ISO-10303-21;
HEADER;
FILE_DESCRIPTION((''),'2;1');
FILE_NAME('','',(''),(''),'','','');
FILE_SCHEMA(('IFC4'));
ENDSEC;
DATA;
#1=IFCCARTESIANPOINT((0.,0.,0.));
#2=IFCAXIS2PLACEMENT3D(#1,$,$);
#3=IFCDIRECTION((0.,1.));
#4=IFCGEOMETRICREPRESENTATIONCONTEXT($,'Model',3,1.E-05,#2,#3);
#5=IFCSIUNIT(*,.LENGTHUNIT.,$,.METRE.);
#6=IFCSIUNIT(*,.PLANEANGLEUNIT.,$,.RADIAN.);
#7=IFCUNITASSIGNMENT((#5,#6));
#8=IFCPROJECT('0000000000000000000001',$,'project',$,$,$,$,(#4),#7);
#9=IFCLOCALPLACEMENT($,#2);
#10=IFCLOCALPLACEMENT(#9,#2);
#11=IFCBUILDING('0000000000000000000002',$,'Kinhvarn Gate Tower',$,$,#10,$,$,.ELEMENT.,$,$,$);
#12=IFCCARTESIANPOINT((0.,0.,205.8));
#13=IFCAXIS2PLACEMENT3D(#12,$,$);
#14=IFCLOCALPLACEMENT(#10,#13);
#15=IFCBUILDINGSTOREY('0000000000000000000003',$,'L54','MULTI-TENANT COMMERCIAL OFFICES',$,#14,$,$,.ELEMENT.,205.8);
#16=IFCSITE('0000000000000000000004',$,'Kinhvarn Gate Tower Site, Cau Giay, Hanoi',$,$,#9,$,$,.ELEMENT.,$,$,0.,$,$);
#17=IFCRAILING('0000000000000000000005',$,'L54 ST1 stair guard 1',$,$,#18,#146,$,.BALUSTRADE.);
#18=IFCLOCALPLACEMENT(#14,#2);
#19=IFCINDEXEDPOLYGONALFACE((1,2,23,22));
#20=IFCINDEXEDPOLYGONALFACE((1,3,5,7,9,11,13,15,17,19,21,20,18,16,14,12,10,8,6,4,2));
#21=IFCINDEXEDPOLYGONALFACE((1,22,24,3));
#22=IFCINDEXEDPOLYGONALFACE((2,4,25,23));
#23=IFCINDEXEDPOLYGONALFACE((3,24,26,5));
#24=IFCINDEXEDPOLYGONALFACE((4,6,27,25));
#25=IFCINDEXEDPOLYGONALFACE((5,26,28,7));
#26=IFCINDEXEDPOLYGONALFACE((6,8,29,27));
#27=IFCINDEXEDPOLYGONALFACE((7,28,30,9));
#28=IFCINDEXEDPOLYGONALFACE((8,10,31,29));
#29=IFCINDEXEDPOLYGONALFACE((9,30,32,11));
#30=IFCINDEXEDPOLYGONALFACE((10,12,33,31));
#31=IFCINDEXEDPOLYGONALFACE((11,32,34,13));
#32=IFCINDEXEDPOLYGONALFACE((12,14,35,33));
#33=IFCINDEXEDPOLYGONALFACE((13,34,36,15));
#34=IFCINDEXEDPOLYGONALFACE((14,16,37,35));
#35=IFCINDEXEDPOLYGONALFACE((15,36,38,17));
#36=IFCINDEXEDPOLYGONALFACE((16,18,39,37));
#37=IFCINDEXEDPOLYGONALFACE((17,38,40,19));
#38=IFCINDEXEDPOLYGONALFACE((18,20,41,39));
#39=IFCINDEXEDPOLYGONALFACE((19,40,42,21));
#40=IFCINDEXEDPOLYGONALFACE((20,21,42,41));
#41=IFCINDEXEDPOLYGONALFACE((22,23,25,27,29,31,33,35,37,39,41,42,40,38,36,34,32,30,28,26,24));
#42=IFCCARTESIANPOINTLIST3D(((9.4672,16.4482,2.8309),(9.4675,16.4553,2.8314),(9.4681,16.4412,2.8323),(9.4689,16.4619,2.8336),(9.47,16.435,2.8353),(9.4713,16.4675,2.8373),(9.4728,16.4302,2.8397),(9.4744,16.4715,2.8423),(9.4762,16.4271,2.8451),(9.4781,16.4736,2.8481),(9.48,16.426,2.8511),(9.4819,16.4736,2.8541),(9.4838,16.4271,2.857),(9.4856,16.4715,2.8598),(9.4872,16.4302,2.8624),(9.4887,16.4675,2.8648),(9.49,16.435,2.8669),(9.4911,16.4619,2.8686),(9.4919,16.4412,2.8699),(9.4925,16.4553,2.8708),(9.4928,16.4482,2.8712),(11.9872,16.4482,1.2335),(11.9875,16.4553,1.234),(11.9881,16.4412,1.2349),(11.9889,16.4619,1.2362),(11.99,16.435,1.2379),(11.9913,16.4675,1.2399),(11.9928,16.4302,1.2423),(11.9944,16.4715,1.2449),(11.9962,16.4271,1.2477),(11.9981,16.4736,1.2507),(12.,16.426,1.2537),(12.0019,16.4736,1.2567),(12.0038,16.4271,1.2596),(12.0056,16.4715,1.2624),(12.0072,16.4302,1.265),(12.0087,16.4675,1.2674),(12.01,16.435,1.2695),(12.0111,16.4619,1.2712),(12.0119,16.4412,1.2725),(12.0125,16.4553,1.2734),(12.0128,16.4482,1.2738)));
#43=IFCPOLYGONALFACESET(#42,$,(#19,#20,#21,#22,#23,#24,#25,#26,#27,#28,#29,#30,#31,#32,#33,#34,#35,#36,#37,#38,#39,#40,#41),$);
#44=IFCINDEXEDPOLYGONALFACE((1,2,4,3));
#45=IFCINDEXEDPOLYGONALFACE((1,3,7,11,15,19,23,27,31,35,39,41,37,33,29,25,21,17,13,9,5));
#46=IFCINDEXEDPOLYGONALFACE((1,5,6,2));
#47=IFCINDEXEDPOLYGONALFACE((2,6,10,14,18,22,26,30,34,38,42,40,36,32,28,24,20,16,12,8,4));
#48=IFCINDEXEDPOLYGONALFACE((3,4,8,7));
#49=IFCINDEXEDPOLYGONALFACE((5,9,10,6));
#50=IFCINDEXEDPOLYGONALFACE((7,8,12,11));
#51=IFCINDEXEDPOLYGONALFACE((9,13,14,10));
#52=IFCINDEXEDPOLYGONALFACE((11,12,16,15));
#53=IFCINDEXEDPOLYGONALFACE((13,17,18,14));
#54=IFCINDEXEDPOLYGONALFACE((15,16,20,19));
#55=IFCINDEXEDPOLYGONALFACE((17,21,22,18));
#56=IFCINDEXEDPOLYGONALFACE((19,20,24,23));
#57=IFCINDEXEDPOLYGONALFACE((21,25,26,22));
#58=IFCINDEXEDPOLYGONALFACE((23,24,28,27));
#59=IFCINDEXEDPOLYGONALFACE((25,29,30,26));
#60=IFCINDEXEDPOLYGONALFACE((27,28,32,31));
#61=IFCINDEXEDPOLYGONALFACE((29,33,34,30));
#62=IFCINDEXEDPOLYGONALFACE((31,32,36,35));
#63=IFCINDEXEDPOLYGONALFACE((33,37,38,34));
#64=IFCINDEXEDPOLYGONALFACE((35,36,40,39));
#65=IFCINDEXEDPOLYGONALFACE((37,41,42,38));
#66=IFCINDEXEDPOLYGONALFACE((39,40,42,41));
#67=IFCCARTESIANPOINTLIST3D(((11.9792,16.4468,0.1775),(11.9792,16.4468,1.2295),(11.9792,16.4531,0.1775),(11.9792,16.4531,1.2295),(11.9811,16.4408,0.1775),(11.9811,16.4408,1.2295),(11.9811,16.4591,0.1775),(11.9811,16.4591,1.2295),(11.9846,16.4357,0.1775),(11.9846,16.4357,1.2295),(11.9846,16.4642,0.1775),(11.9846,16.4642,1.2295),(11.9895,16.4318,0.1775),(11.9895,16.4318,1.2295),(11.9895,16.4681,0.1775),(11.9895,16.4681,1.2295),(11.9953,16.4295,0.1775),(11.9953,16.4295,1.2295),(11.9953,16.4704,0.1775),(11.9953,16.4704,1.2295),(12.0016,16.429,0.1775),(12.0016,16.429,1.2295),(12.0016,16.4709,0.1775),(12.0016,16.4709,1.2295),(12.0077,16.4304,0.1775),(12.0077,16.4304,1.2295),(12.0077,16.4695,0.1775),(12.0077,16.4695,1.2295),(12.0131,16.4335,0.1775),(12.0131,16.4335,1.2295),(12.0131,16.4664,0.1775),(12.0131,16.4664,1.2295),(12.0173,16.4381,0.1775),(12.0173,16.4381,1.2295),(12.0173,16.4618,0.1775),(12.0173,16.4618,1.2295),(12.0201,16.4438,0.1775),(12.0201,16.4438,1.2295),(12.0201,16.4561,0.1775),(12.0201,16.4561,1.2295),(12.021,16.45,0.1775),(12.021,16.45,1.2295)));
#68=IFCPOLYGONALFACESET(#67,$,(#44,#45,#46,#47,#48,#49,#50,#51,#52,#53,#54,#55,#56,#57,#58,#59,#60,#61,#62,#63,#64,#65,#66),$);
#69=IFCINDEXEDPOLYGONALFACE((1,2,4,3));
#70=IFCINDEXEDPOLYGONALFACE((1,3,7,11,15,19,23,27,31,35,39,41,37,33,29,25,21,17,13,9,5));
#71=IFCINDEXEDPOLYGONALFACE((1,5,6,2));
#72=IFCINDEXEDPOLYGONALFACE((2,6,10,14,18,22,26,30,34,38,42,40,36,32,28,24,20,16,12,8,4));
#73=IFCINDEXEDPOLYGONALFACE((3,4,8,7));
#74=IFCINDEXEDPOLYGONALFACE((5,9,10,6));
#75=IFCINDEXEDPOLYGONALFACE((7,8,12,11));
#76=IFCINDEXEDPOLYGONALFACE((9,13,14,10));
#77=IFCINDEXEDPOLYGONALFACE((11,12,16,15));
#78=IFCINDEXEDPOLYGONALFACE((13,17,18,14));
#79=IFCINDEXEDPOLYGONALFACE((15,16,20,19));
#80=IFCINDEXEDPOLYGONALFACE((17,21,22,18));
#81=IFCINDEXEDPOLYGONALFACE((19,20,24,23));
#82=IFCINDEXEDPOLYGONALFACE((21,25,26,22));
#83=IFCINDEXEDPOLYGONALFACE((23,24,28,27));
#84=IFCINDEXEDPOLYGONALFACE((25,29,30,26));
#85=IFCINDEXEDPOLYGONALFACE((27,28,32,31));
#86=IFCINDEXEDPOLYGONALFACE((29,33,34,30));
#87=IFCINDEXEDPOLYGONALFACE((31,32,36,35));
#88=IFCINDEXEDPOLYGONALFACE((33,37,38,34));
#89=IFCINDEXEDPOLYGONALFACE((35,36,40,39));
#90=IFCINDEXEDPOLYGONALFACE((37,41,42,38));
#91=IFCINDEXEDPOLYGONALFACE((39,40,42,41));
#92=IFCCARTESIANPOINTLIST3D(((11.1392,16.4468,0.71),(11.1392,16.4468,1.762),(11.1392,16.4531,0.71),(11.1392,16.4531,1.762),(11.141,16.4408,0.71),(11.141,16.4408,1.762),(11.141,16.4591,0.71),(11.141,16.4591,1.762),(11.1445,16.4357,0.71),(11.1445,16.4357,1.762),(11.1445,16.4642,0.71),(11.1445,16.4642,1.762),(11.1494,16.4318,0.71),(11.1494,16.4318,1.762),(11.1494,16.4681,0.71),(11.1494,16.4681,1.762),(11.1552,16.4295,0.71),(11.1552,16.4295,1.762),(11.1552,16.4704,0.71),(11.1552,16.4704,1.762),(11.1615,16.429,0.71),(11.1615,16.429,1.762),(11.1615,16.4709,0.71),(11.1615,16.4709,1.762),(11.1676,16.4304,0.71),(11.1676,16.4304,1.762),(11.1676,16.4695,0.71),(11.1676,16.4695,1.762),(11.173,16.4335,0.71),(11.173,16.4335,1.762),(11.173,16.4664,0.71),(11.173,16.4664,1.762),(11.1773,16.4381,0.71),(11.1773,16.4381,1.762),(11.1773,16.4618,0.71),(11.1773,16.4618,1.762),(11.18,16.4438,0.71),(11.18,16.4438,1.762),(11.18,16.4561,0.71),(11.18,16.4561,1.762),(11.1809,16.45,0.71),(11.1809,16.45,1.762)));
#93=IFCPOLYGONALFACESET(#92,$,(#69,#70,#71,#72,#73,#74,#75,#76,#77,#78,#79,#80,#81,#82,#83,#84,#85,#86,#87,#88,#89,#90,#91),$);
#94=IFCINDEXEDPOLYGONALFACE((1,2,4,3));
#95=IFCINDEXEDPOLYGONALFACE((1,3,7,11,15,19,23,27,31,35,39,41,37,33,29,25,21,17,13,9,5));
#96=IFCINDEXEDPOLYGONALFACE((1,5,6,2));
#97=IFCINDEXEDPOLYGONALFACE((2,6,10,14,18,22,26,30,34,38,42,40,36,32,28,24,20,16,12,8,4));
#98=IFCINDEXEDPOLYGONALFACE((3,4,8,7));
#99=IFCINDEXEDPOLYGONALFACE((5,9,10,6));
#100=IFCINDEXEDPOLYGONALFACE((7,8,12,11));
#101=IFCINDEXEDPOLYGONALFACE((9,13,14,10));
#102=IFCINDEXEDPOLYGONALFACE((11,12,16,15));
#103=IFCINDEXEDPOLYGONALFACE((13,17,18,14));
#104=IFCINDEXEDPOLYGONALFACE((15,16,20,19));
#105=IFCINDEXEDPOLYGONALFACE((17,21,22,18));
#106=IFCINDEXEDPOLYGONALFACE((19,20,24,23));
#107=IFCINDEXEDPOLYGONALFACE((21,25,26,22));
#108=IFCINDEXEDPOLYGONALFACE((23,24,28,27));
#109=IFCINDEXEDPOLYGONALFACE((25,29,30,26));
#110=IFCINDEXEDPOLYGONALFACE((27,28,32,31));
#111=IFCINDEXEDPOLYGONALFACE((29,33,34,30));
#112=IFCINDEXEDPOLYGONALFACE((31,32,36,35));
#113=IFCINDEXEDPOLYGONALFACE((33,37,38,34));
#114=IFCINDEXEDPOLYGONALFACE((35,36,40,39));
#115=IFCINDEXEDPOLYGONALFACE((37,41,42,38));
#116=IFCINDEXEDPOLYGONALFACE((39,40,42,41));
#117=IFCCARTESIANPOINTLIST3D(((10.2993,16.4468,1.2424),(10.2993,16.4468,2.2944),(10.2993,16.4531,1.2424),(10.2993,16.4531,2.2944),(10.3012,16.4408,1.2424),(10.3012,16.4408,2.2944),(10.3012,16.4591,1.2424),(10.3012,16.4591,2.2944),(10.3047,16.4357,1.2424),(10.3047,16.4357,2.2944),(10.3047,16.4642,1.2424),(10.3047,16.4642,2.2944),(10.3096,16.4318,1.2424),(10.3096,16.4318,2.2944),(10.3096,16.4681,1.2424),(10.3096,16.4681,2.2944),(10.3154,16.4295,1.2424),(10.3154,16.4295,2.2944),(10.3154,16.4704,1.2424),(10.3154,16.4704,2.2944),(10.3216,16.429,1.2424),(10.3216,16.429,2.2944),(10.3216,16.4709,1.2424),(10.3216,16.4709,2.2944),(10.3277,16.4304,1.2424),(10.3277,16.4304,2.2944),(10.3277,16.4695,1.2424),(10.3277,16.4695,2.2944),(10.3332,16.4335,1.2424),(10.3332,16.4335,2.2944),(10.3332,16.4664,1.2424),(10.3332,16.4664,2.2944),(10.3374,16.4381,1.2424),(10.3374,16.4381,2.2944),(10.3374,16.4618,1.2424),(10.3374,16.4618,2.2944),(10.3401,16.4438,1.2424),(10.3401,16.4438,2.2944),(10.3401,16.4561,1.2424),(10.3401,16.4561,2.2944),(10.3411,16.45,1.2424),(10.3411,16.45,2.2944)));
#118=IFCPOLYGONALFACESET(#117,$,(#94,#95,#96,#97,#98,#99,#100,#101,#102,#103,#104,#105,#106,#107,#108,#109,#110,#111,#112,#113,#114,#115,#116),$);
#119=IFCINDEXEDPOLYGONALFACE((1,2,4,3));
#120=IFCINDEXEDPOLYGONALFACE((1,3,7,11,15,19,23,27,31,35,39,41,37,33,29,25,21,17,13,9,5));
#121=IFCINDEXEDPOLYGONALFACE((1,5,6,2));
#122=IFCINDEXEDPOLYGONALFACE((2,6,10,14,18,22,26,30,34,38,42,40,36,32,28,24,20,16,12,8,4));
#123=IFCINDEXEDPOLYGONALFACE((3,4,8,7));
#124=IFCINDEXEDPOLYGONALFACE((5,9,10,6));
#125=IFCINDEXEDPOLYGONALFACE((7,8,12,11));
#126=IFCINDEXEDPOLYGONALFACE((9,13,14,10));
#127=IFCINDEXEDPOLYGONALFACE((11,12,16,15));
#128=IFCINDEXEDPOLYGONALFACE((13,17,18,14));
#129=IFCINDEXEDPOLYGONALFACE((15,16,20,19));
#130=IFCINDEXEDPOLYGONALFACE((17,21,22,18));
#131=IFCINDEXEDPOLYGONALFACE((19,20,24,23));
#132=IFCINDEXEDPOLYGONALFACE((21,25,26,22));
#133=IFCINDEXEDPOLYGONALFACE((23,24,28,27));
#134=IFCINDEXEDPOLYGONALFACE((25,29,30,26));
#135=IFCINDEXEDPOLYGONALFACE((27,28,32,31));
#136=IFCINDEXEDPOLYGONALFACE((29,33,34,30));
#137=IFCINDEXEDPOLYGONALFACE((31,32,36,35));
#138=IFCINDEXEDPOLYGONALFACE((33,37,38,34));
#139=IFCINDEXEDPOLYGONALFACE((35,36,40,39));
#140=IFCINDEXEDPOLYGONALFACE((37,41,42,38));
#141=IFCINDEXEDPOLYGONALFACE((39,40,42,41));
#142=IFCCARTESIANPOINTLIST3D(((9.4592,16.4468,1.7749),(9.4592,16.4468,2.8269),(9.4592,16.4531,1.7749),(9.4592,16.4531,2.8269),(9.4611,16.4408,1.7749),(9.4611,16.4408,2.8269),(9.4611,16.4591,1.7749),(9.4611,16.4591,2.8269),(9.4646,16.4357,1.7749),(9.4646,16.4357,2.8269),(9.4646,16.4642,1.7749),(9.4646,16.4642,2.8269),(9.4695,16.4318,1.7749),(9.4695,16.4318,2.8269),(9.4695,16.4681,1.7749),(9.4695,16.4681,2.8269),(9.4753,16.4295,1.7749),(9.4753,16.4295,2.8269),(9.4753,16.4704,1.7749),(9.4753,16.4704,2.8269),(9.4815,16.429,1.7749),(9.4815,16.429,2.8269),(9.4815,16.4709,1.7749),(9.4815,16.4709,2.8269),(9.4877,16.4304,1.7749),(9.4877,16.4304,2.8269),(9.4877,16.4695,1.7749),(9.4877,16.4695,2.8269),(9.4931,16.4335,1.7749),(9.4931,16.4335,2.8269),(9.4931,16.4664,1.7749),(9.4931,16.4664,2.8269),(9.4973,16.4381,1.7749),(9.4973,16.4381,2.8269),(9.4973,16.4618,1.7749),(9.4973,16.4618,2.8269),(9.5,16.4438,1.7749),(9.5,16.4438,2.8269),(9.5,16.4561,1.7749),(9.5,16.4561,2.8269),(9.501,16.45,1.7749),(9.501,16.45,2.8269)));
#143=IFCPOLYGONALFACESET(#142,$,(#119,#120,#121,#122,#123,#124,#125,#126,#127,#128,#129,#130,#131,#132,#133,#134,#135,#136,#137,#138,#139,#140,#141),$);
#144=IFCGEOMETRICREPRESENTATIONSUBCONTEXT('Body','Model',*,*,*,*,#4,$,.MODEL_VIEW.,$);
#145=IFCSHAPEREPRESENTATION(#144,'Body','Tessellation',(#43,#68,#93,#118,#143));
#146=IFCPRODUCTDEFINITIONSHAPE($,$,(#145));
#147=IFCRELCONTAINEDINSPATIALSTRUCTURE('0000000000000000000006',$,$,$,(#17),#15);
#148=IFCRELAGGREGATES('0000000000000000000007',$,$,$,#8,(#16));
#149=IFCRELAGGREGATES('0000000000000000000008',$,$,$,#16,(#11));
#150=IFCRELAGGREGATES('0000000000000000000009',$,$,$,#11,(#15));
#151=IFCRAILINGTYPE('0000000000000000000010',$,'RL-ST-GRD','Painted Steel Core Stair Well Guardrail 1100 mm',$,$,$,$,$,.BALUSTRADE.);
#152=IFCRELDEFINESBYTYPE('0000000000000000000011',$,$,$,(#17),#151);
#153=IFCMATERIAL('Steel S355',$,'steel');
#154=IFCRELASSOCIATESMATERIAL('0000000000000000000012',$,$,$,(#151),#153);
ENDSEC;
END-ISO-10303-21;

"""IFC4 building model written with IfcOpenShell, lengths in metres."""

from ifc_helpers import new_model, si_unit, direction, frame, origin, origin_2d, place, context, subcontext, project, spatial, circle, extrude, material, type_object, element, save


model = new_model("IFC4")

# Units and contexts
model_context = context("Model", 3, precision=1e-05, world=origin(), true_north=direction((0.0, 1.0)))
body_context = subcontext(model_context, "Body", "Model", "MODEL_VIEW")
ifc_project = project(units=[si_unit("LENGTHUNIT", "METRE"), si_unit("PLANEANGLEUNIT", "RADIAN")], contexts=[model_context])

# Site, building, storey
site_placement = place(None, origin())
site = spatial("IfcSite", under=ifc_project, at=site_placement, Name="Kinhvarn Gate Tower Site, Cau Giay, Hanoi", CompositionType="ELEMENT", RefElevation=0.0)
building_placement = place(site_placement, origin())
building = spatial("IfcBuilding", under=site, at=building_placement, Name="Kinhvarn Gate Tower", CompositionType="ELEMENT")
storey_placement = place(building_placement, frame((0.0, 0.0, 205.8)))
storey = spatial("IfcBuildingStorey", under=building, at=storey_placement, Name="L54", Description="MULTI-TENANT COMMERCIAL OFFICES", CompositionType="ELEMENT", Elevation=205.8)

# Shared definitions
ifc_material_1 = material(Name="Steel S355", Category="steel")

# Railing
railing_type_1 = type_object("IfcRailingType", Name="RL-ST-GRD", Description="Painted Steel Core Stair Well Guardrail 1100 mm", PredefinedType="BALUSTRADE", material=ifc_material_1)
railing_1_placement = place(storey_placement, frame((12.0, 16.45, 0.1775)))
element("IfcRailing", 1, at=railing_1_placement, inside=storey, type_object=railing_type_1, Name="L54 ST1 stair guard 1", PredefinedType="BALUSTRADE", context=body_context, shape_type="SweptSolid", body=[
    extrude(circle(Radius=0.0239, at=origin_2d()), frame((0.0, 0.0, 1.0762), z_axis=(-0.844607, 0.0, 0.535387), x_axis=(0.0, -1.0, 0.0)), (0.0, 0.0, 1.0), 2.9836),
    extrude(circle(Radius=0.021, at=origin_2d()), origin(), (0.0, 0.0, 1.0), 1.052),
    extrude(circle(Radius=0.021, at=origin_2d()), frame((-0.8401, 0.0, 0.5325)), (0.0, 0.0, 1.0), 1.052),
    extrude(circle(Radius=0.021, at=origin_2d()), frame((-1.6799, 0.0, 1.0649)), (0.0, 0.0, 1.0), 1.052),
    extrude(circle(Radius=0.021, at=origin_2d()), frame((-2.52, 0.0, 1.5974)), (0.0, 0.0, 1.0), 1.052),
])

save(model, "model.ifc")
